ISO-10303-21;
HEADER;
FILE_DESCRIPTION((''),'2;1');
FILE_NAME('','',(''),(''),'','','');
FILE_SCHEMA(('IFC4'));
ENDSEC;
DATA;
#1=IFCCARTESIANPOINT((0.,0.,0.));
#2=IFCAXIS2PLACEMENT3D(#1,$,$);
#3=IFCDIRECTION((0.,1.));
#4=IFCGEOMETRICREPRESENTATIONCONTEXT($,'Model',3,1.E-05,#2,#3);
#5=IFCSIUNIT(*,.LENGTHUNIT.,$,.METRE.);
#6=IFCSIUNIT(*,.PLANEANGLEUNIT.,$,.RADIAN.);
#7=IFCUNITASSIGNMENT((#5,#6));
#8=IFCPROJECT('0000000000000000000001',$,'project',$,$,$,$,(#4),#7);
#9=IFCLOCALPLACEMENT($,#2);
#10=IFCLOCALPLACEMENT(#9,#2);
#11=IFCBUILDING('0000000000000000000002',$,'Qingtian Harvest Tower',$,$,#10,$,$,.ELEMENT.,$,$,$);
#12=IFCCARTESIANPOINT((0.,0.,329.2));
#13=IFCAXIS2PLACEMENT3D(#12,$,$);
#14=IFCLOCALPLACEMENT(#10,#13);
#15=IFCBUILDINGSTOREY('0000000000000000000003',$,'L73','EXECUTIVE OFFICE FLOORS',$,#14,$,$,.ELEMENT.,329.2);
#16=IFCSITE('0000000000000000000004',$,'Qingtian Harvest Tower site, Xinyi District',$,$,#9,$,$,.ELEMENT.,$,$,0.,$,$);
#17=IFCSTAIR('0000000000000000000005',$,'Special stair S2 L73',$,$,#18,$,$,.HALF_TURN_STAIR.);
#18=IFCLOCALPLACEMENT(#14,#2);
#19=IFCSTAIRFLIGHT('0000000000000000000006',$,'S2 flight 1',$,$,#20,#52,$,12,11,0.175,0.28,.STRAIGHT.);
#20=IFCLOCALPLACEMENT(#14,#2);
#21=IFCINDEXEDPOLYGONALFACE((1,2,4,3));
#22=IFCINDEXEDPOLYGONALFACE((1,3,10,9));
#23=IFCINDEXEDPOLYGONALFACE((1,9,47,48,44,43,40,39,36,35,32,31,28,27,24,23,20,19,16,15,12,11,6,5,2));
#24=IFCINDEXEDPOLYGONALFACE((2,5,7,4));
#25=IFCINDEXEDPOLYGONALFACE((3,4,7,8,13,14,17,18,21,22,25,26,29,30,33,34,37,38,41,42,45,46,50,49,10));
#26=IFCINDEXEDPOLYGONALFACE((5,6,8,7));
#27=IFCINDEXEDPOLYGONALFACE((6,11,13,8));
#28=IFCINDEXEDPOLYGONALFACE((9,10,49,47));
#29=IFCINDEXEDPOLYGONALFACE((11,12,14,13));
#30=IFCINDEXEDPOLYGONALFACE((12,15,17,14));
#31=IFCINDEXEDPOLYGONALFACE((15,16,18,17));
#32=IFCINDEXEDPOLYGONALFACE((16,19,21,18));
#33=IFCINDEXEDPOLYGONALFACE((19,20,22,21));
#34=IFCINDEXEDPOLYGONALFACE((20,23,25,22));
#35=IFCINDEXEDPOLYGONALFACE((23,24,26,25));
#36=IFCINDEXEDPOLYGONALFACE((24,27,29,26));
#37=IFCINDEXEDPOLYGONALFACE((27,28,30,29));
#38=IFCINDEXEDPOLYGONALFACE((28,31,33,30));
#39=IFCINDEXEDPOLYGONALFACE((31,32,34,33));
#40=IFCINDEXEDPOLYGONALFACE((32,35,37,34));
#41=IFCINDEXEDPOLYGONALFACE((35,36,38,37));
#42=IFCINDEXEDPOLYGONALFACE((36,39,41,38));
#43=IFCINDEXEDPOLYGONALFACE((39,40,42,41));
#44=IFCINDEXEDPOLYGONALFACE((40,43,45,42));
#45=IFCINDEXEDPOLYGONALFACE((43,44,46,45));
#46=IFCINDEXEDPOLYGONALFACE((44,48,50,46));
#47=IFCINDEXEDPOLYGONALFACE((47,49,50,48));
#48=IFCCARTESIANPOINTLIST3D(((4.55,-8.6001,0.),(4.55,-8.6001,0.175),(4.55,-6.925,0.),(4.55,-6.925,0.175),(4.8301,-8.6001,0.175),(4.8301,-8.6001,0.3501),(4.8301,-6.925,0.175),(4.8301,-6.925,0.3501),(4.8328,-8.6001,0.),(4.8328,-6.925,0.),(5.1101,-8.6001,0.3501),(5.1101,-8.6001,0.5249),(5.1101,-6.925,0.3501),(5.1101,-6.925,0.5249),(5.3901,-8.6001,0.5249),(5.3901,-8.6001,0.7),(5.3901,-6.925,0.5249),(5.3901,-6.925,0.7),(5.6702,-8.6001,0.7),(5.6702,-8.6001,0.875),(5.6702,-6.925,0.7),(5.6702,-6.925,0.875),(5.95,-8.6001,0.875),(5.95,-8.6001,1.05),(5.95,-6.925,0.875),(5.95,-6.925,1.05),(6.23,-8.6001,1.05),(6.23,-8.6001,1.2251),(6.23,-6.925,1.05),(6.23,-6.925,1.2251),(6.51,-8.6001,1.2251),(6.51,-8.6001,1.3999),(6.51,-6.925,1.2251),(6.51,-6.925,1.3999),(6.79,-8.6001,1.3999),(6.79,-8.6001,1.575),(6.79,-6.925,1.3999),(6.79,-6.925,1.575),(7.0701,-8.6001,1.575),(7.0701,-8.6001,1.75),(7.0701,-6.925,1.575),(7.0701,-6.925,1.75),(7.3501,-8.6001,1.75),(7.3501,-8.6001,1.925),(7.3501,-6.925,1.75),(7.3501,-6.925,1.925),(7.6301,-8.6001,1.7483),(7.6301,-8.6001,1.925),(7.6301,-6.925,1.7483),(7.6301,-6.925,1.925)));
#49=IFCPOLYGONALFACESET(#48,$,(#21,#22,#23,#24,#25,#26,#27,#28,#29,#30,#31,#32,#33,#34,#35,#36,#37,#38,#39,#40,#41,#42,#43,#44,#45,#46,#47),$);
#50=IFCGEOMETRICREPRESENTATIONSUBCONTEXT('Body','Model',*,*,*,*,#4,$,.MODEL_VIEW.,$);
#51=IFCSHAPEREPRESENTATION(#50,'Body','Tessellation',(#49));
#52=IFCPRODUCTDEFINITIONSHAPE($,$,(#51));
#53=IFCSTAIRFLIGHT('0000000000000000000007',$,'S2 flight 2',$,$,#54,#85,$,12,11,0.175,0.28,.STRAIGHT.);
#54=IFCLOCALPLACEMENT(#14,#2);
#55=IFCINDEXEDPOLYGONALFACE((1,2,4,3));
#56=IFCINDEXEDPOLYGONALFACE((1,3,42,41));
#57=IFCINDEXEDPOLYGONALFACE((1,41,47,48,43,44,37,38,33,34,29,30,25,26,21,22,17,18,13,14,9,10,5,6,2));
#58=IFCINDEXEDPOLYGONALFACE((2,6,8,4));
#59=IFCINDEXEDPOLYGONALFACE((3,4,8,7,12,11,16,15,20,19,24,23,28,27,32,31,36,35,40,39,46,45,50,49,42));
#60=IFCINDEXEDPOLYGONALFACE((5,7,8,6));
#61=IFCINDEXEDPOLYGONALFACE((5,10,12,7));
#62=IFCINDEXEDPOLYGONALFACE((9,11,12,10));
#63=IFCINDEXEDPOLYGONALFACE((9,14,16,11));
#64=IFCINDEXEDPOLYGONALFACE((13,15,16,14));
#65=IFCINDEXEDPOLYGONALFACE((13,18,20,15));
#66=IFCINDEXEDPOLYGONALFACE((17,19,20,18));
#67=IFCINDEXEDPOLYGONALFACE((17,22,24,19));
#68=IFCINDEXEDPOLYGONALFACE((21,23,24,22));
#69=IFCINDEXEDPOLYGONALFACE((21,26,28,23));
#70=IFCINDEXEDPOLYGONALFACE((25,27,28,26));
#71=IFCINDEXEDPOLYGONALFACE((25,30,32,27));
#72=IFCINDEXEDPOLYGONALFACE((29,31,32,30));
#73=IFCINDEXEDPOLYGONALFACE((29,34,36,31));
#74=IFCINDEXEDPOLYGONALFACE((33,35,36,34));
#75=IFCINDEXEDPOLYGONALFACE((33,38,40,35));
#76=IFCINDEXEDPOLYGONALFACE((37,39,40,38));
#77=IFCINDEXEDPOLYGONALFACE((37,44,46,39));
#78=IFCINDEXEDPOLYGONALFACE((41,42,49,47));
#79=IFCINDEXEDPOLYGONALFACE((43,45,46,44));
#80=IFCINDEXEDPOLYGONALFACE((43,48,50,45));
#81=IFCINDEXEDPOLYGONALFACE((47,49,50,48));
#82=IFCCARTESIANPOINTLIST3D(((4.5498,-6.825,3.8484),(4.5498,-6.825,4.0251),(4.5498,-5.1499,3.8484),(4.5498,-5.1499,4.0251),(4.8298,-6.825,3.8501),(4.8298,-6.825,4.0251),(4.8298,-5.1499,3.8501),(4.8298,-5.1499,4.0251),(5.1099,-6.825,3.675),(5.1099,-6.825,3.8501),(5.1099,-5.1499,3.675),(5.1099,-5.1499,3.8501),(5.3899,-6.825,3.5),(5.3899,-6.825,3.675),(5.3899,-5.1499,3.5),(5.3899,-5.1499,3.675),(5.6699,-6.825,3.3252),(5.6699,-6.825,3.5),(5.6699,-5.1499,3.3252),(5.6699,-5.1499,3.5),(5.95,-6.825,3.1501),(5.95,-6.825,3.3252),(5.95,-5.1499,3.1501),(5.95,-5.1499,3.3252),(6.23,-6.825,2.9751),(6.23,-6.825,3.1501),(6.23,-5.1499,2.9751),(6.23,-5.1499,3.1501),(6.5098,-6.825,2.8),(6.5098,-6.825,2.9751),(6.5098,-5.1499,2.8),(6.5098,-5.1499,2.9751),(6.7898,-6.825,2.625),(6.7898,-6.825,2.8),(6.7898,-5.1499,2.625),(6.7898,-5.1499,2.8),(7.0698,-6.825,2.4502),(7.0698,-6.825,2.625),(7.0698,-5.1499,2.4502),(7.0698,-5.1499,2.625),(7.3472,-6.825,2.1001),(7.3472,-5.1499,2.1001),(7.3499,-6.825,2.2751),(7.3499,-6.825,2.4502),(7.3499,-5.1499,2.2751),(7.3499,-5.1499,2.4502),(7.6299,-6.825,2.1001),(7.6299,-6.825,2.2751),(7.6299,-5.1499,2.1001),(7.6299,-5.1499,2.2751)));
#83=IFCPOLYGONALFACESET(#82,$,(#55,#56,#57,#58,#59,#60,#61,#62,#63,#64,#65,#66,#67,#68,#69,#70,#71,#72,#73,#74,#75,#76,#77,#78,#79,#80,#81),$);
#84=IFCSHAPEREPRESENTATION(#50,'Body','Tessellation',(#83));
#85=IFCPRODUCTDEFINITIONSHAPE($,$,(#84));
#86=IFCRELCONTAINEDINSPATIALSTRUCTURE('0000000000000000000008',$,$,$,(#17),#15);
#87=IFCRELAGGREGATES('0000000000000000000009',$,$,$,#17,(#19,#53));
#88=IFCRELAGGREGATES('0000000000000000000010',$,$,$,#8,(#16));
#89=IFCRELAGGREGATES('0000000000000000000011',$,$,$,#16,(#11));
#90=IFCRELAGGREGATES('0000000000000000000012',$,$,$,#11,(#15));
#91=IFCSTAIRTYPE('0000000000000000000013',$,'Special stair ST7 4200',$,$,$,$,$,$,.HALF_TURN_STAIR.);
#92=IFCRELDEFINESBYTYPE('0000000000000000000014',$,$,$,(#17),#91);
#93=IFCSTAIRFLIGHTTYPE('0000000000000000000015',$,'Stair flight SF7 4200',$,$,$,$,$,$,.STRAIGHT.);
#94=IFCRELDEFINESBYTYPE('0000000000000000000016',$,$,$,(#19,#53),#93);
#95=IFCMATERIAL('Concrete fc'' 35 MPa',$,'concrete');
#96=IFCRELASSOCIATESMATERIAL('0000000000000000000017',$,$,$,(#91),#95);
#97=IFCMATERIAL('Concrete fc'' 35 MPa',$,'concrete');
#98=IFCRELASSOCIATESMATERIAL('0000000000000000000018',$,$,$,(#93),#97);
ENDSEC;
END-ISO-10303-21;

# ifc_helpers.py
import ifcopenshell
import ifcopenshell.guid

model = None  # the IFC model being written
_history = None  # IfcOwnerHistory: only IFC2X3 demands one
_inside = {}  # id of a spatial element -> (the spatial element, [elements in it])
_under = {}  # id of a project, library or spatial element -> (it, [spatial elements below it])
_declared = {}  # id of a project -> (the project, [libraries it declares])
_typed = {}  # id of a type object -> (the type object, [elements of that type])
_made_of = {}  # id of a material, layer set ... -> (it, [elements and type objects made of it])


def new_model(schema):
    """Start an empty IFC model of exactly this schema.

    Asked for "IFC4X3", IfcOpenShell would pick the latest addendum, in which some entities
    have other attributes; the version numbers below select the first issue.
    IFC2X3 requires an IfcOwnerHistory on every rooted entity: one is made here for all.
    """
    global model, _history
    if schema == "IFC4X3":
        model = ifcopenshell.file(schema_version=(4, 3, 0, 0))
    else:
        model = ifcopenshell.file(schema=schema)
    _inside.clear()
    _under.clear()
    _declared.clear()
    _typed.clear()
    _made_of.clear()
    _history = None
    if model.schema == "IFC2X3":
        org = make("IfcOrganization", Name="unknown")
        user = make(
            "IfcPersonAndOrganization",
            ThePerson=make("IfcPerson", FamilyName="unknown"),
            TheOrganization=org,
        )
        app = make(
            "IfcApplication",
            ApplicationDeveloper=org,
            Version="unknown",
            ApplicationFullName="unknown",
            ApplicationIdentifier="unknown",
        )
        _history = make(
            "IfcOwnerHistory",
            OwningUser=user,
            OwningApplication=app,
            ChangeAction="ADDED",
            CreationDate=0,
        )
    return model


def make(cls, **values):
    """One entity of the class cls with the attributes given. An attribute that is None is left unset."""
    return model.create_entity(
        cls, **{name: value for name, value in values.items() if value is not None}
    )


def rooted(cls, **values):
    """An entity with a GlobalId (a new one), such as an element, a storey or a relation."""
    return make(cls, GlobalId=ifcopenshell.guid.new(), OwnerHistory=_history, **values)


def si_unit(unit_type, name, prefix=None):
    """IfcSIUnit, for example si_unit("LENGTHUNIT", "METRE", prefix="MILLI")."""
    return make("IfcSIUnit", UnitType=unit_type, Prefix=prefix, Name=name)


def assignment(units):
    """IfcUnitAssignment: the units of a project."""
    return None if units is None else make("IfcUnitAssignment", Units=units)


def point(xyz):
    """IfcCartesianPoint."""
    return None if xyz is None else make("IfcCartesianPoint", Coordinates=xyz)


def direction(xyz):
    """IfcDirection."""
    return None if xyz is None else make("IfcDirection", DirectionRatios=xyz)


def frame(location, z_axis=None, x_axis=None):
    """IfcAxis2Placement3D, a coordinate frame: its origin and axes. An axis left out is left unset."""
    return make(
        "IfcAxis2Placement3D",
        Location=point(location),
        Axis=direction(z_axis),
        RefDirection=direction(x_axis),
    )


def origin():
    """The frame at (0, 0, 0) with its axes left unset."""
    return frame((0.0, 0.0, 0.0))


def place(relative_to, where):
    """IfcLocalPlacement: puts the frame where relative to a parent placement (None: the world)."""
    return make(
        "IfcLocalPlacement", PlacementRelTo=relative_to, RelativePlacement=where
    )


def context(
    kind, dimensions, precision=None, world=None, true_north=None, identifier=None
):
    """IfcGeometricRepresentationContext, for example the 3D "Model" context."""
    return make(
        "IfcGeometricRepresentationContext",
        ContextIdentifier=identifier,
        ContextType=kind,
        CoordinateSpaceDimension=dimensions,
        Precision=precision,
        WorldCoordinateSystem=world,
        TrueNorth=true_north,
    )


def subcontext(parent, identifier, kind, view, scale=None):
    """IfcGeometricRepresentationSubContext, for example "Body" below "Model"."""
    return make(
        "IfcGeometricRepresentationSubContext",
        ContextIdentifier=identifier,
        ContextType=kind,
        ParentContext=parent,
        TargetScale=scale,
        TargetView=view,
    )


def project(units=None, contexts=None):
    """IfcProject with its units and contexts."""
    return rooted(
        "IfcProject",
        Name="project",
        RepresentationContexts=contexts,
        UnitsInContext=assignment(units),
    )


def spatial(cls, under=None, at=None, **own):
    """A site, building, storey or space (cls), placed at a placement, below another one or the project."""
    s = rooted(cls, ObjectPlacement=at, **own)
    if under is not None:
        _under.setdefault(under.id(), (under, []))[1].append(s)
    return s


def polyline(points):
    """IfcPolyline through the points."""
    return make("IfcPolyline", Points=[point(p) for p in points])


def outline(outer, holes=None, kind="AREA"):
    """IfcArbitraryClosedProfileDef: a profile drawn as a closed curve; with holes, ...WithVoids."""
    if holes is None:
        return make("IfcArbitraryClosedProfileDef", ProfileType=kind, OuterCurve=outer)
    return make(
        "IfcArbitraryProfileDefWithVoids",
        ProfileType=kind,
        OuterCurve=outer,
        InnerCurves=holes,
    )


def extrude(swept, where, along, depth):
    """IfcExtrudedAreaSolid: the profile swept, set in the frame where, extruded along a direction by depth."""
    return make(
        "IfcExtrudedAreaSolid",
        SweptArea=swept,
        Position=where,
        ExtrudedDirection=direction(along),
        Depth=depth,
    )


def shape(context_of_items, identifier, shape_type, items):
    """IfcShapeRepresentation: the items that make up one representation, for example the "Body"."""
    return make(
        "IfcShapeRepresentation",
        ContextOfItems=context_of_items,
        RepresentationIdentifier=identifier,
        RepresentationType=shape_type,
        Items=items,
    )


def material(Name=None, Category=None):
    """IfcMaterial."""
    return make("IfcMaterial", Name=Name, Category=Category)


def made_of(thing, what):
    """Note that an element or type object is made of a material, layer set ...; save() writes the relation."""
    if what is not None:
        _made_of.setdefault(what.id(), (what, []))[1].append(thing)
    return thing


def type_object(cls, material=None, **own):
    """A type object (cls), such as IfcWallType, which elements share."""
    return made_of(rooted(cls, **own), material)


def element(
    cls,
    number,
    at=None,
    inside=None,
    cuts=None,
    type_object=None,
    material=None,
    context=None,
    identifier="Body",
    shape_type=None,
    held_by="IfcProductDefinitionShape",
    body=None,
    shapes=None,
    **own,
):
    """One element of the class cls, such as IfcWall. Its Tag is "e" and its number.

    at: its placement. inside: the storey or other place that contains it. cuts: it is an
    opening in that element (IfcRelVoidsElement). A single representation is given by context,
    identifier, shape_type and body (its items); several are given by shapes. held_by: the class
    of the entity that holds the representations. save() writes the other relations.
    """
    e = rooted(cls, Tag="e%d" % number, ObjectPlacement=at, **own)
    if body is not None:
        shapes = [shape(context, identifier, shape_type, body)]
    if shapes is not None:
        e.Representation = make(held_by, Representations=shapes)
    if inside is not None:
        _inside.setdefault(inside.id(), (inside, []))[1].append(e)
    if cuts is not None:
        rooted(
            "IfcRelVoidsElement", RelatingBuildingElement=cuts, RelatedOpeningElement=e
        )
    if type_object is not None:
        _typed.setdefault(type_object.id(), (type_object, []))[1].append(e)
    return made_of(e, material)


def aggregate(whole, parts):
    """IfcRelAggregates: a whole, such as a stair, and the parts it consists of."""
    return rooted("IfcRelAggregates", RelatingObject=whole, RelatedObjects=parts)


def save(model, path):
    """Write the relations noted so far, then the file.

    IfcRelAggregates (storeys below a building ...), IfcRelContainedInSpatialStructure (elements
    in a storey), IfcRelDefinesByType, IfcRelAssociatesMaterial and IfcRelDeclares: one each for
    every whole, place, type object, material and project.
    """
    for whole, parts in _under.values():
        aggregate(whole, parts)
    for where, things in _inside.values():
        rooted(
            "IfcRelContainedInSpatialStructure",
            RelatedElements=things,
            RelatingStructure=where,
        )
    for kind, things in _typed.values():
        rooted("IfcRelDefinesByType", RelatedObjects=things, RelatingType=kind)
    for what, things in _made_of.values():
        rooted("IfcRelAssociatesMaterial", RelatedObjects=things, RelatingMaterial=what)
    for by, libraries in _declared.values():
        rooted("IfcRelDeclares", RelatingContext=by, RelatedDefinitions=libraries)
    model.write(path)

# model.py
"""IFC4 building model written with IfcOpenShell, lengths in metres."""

from ifc_helpers import new_model, si_unit, direction, frame, origin, place, context, subcontext, project, spatial, polyline, outline, extrude, material, type_object, element, aggregate, save


model = new_model("IFC4")

# Units and contexts
model_context = context("Model", 3, precision=1e-05, world=origin(), true_north=direction((0.0, 1.0)))
body_context = subcontext(model_context, "Body", "Model", "MODEL_VIEW")
ifc_project = project(units=[si_unit("LENGTHUNIT", "METRE"), si_unit("PLANEANGLEUNIT", "RADIAN")], contexts=[model_context])

# Site, building, storey
site_placement = place(None, origin())
site = spatial("IfcSite", under=ifc_project, at=site_placement, Name="Qingtian Harvest Tower site, Xinyi District", CompositionType="ELEMENT", RefElevation=0.0)
building_placement = place(site_placement, origin())
building = spatial("IfcBuilding", under=site, at=building_placement, Name="Qingtian Harvest Tower", CompositionType="ELEMENT")
storey_placement = place(building_placement, frame((0.0, 0.0, 329.2)))
storey = spatial("IfcBuildingStorey", under=building, at=storey_placement, Name="L73", Description="EXECUTIVE OFFICE FLOORS", CompositionType="ELEMENT", Elevation=329.2)

# Stair, stair flights
ifc_material_1 = material(Name="Concrete fc' 35 MPa", Category="concrete")
stair_type = type_object("IfcStairType", Name="Special stair ST7 4200", PredefinedType="HALF_TURN_STAIR", material=ifc_material_1)
stair_placement = place(storey_placement, origin())
stair = element("IfcStair", 1, at=stair_placement, inside=storey, type_object=stair_type, Name="Special stair S2 L73", PredefinedType="HALF_TURN_STAIR")
ifc_material_2 = material(Name="Concrete fc' 35 MPa", Category="concrete")
stair_flight_type = type_object("IfcStairFlightType", Name="Stair flight SF7 4200", PredefinedType="STRAIGHT", material=ifc_material_2)
stair_flight_1_placement = place(storey_placement, frame((4.55, -7.7625, 0.0), z_axis=(0.0, 0.0, 1.0), x_axis=(1.0, 0.0, 0.0)))
stair_flight_1 = element("IfcStairFlight", 2, at=stair_flight_1_placement, type_object=stair_flight_type, Name="S2 flight 1", NumberOfRisers=12, NumberOfTreads=11, PredefinedType="STRAIGHT", RiserHeight=0.175, TreadLength=0.28, context=body_context, shape_type="SweptSolid", body=[
    extrude(outline(polyline([(0.0, 0.0), (0.0, 0.175), (0.28, 0.175), (0.28, 0.3501), (0.5601, 0.3501), (0.5601, 0.5249), (0.8401, 0.5249), (0.8401, 0.7), (1.1201, 0.7), (1.1201, 0.875), (1.3999, 0.875), (1.3999, 1.05), (1.6799, 1.05), (1.6799, 1.2251), (1.96, 1.2251), (1.96, 1.3999), (2.24, 1.3999), (2.24, 1.575), (2.52, 1.575), (2.52, 1.75), (2.8, 1.75), (2.8, 1.925), (3.0801, 1.925), (3.0801, 2.1001), (3.0801, 1.7483), (0.2827, 0.0), (0.0, 0.0)])), frame((0.0, 0.8374, 0.0), z_axis=(0.0, -1.0, 0.0), x_axis=(1.0, 0.0, 0.0)), (0.0, 0.0, 1.0), 1.675),
])
stair_flight_2_placement = place(storey_placement, frame((7.6299, -5.9875, 2.1001), z_axis=(0.0, 0.0, 1.0), x_axis=(-1.0, 0.0, 0.0)))
stair_flight_2 = element("IfcStairFlight", 3, at=stair_flight_2_placement, type_object=stair_flight_type, Name="S2 flight 2", NumberOfRisers=12, NumberOfTreads=11, PredefinedType="STRAIGHT", RiserHeight=0.175, TreadLength=0.28, context=body_context, shape_type="SweptSolid", body=[
    extrude(outline(polyline([(0.0, 0.0), (0.0, 0.175), (0.28, 0.175), (0.28, 0.3501), (0.5601, 0.3501), (0.5601, 0.5249), (0.8401, 0.5249), (0.8401, 0.7), (1.1201, 0.7), (1.1201, 0.875), (1.3999, 0.875), (1.3999, 1.05), (1.6799, 1.05), (1.6799, 1.2251), (1.96, 1.2251), (1.96, 1.3999), (2.24, 1.3999), (2.24, 1.575), (2.52, 1.575), (2.52, 1.75), (2.8, 1.75), (2.8, 1.925), (3.0801, 1.925), (3.0801, 2.1001), (3.0801, 1.7483), (0.2827, 0.0), (0.0, 0.0)])), frame((0.0, 0.8374, 0.0), z_axis=(0.0, -1.0, 0.0), x_axis=(1.0, 0.0, 0.0)), (0.0, 0.0, 1.0), 1.675),
])
aggregate(stair, [stair_flight_1, stair_flight_2])

save(model, "model.ifc")
